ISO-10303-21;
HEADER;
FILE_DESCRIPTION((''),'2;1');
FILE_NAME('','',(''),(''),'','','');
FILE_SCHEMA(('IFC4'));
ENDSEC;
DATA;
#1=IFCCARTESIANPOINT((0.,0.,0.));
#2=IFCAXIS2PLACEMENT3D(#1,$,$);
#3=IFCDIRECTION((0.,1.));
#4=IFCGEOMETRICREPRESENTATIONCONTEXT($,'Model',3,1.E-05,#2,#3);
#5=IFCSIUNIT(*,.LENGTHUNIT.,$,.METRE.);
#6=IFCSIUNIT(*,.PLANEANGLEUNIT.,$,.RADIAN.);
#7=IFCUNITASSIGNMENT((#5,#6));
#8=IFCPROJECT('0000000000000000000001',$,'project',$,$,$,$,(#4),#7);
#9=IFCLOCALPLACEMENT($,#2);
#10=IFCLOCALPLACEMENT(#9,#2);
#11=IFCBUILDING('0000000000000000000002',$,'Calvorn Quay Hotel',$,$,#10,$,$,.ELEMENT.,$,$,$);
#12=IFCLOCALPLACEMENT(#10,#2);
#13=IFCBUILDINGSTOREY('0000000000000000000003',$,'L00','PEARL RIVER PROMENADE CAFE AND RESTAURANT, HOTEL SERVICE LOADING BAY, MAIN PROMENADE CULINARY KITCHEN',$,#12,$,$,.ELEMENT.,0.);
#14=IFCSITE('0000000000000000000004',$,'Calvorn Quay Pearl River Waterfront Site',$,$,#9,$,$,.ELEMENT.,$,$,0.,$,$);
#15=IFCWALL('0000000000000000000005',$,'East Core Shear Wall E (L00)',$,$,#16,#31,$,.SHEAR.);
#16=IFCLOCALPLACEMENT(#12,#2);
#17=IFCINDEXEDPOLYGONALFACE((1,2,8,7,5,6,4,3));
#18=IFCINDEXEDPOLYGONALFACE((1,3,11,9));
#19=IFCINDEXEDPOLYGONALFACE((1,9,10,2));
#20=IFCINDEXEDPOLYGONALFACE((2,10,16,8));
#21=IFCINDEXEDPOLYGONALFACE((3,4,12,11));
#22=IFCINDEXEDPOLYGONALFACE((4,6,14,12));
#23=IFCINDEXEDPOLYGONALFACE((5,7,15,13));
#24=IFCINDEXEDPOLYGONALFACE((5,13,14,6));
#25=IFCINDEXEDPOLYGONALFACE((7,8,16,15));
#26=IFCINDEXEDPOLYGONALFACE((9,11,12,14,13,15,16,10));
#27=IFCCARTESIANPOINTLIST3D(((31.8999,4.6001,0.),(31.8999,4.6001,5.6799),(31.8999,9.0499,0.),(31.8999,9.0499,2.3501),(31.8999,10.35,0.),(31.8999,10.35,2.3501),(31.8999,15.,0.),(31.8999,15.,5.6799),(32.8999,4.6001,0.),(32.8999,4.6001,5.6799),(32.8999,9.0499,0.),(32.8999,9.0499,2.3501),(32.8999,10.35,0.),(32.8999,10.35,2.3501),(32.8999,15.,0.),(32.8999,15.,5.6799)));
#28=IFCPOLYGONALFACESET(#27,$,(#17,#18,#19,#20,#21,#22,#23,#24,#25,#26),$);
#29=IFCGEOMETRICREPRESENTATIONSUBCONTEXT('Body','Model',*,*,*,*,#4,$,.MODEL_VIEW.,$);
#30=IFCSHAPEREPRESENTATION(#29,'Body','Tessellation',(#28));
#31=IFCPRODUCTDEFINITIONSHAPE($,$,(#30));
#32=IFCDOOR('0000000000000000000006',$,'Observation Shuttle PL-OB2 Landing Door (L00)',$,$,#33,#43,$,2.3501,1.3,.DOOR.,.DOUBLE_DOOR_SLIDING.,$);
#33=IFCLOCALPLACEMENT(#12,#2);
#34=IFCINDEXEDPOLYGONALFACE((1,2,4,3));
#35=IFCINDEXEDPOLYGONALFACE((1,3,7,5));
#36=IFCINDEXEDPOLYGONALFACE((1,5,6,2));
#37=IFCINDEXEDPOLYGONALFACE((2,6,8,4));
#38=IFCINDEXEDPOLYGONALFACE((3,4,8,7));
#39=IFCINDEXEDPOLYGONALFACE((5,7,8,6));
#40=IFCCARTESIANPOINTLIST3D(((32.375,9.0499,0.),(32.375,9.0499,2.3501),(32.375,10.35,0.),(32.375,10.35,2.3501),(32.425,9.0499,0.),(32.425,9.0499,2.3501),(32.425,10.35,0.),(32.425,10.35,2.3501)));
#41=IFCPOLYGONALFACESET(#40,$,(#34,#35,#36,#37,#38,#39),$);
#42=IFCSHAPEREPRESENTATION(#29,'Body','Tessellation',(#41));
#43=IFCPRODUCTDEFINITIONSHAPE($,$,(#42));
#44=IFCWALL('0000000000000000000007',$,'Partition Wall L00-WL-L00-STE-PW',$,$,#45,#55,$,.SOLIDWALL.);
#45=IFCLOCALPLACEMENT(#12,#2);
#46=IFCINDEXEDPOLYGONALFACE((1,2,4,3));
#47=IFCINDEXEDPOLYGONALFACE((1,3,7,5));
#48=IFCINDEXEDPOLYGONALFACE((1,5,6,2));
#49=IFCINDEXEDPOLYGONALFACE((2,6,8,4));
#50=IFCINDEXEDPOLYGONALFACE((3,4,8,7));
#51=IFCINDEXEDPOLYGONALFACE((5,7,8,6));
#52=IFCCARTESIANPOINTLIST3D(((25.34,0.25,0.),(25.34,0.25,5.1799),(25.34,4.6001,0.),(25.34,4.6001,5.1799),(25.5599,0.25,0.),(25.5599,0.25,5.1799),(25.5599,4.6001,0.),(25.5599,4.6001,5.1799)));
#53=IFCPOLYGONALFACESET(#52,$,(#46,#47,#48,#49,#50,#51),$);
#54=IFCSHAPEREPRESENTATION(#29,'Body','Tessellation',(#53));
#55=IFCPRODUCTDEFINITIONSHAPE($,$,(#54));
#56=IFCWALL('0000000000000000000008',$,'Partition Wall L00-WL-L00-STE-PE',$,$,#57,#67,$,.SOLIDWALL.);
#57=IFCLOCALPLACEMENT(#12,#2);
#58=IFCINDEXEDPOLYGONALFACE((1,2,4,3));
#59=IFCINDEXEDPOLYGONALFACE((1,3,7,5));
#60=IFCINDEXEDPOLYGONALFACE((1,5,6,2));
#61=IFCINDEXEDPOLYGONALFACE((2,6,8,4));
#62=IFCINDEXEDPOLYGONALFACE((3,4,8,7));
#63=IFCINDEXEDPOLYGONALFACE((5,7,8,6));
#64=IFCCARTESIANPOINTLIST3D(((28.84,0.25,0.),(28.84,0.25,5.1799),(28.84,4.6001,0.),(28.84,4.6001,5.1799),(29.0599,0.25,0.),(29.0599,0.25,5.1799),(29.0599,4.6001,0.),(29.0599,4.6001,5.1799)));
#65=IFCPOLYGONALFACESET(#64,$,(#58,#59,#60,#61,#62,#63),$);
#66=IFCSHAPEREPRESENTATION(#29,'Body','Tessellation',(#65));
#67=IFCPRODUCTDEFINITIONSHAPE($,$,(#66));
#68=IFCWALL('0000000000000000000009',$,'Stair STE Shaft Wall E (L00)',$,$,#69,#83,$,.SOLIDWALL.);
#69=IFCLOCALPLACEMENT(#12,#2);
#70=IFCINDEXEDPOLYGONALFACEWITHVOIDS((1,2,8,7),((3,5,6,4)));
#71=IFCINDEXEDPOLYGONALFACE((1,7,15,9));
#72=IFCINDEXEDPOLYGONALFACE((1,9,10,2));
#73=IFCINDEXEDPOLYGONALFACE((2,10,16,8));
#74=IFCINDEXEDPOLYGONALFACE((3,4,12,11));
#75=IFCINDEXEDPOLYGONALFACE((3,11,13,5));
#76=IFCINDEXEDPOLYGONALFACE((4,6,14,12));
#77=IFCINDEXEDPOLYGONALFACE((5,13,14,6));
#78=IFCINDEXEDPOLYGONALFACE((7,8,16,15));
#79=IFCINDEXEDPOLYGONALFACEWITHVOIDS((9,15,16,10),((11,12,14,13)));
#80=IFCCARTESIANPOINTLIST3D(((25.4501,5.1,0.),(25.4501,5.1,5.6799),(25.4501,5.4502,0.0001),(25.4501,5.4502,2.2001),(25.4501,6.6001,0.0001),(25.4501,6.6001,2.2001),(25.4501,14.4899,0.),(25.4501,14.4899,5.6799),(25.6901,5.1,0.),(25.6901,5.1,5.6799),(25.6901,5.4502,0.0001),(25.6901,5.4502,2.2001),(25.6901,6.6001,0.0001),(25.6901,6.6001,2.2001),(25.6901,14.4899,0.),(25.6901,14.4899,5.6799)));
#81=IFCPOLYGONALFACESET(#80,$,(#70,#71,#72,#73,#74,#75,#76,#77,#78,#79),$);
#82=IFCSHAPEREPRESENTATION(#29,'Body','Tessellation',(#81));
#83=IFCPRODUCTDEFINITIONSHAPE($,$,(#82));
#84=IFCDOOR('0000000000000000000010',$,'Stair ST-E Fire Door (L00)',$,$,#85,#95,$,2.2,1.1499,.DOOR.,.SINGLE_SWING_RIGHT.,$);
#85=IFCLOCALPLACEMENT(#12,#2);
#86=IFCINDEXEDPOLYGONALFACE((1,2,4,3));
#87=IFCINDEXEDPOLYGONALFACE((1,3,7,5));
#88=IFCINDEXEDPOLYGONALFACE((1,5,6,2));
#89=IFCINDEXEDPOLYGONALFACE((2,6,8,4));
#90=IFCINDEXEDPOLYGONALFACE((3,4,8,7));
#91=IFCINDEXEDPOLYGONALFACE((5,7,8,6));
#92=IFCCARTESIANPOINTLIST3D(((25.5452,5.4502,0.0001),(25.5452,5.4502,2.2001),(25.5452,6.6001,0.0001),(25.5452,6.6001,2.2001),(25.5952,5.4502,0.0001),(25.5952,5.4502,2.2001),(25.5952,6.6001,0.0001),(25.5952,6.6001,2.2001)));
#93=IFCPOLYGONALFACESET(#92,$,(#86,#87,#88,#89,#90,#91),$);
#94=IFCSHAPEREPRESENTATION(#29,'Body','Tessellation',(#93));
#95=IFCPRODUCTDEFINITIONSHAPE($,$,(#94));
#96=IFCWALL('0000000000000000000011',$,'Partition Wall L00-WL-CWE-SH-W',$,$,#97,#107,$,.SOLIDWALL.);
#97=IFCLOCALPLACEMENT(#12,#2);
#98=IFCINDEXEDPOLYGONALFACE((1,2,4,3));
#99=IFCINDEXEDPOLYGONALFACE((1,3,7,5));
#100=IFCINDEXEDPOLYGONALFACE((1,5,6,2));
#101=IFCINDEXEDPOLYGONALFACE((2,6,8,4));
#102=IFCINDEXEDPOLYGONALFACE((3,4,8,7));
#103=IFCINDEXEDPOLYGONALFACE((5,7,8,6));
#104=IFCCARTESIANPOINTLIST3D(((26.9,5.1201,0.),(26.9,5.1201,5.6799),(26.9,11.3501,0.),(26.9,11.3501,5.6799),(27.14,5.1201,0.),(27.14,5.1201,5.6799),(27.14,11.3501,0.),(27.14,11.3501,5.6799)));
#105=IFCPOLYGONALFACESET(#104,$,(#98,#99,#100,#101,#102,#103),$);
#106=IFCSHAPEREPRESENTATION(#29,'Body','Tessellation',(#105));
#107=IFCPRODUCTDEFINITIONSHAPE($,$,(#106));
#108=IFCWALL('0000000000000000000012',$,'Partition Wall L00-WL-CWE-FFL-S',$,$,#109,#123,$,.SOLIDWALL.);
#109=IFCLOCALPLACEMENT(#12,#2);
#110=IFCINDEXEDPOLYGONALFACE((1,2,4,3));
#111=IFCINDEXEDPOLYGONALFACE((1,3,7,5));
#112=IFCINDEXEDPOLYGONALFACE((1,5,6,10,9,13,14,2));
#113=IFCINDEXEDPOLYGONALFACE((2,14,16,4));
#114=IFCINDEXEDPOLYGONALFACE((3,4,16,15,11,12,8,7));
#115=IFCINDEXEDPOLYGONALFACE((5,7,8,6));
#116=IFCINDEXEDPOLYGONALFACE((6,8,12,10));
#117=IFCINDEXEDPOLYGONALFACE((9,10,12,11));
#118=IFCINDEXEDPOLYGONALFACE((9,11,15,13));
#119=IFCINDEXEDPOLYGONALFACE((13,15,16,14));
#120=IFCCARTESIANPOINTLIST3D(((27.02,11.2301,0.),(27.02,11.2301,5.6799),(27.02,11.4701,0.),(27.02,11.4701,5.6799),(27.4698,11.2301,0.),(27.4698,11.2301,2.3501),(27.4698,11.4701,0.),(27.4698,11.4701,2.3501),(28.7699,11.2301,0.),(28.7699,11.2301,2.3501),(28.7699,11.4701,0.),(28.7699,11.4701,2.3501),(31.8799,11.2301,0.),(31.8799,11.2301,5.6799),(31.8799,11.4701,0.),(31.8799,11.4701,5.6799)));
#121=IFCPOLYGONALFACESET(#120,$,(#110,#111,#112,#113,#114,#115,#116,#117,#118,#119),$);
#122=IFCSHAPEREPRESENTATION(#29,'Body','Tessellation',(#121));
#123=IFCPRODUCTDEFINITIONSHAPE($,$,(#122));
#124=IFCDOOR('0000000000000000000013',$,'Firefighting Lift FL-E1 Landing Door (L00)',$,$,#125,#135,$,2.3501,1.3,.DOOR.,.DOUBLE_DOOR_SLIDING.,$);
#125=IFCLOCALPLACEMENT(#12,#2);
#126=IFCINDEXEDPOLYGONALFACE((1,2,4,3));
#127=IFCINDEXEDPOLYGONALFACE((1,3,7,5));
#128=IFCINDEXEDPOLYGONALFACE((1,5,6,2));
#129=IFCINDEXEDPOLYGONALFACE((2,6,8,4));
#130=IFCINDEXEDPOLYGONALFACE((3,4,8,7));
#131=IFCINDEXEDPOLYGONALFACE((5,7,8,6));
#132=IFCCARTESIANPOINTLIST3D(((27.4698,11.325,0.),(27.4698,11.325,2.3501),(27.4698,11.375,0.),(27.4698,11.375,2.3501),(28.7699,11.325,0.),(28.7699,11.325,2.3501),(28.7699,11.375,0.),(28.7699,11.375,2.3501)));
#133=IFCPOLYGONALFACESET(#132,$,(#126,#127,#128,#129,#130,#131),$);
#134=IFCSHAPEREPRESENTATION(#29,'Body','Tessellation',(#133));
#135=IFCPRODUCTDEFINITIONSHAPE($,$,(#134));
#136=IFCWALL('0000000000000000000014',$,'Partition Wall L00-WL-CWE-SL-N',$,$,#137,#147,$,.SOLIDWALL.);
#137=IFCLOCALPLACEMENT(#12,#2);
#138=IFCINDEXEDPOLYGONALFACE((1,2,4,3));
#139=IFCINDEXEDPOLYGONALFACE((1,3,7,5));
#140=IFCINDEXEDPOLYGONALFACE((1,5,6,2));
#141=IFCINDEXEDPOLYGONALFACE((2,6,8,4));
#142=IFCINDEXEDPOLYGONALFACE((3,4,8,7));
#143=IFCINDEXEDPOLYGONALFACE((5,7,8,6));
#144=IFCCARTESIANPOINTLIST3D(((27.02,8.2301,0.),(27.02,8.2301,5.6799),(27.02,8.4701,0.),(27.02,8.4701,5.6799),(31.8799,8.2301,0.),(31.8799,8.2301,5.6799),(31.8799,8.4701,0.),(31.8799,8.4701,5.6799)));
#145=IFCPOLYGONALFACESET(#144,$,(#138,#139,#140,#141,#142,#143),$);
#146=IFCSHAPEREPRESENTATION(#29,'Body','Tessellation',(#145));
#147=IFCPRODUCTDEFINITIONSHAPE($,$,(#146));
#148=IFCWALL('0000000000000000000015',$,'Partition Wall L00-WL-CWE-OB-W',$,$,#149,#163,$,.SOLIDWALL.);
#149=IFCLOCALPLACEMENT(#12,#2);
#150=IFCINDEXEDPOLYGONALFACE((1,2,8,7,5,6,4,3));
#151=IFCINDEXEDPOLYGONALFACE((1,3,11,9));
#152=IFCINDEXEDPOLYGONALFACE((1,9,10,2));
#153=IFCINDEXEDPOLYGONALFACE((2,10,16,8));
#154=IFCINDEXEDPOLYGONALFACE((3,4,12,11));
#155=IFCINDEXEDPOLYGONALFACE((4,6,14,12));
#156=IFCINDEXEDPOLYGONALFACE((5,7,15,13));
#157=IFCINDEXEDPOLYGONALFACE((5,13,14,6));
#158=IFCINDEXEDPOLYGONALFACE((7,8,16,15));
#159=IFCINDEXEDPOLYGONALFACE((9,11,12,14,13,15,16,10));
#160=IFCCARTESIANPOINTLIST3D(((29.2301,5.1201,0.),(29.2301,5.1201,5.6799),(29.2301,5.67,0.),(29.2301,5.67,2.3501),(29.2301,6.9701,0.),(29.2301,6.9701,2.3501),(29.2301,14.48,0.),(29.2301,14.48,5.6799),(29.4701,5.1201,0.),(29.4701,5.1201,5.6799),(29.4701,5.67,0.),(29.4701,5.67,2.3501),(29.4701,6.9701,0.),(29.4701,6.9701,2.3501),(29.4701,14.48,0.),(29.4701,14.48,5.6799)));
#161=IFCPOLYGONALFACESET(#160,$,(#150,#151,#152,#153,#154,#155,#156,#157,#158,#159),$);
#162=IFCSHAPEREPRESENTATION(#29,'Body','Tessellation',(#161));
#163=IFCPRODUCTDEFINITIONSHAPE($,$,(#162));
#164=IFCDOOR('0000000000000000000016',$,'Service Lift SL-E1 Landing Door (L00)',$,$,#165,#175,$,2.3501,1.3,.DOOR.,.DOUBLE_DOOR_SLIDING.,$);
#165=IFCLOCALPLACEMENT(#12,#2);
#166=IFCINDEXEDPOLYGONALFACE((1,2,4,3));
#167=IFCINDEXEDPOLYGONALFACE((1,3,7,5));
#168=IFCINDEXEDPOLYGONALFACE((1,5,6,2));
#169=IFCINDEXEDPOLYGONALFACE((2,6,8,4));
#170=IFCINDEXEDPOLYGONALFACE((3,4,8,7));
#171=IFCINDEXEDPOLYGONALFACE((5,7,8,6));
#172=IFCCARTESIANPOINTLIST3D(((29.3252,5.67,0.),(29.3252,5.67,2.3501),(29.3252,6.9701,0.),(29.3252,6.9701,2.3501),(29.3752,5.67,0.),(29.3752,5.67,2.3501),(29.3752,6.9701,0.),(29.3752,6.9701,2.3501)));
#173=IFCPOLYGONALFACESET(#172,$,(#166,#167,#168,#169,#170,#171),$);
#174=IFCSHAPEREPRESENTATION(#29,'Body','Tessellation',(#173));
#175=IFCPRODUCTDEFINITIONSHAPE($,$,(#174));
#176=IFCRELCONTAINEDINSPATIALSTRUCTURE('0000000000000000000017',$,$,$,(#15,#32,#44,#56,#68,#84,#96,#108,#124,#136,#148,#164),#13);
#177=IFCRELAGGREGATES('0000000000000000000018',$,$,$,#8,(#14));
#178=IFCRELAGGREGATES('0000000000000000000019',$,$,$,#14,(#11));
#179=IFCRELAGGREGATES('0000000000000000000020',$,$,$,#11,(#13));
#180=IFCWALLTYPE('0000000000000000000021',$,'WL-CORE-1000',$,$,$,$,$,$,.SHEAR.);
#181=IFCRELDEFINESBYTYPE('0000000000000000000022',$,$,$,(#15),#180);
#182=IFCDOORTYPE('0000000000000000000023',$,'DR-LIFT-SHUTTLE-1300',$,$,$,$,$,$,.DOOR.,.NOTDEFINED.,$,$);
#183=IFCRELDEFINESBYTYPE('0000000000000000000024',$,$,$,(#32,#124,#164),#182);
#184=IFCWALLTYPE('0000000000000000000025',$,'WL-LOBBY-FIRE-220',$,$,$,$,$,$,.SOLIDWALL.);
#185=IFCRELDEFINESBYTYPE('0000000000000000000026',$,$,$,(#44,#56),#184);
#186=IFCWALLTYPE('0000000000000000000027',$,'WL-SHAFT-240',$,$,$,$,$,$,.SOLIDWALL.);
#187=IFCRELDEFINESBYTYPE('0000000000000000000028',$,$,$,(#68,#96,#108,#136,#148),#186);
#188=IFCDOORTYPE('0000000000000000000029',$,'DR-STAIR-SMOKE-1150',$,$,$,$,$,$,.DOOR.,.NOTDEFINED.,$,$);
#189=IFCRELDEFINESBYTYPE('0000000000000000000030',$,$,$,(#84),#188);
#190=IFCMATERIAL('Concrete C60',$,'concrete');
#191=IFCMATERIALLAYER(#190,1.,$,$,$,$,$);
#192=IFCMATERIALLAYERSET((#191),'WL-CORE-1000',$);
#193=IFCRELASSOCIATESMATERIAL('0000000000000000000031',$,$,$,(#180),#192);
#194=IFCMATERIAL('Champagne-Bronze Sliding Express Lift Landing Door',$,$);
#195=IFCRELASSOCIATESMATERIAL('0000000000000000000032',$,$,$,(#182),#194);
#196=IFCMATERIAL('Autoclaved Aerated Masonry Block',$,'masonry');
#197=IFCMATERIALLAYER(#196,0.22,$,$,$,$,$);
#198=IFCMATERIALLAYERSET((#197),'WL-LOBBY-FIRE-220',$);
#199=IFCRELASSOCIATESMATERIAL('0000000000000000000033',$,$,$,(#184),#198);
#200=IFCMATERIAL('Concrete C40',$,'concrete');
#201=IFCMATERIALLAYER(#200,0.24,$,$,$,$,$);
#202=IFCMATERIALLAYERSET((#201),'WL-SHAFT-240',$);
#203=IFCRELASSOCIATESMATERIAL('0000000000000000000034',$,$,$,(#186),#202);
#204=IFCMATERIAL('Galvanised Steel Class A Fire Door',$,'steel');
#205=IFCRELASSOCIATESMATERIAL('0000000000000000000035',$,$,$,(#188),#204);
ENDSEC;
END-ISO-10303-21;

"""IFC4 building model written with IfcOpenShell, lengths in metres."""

from ifc_helpers import new_model, si_unit, direction, frame, frame_2d, origin, place, context, subcontext, project, spatial, rectangle, extrude, material, layer, layer_set, type_object, element, fill, save


model = new_model("IFC4")

# Units and contexts
model_context = context("Model", 3, precision=1e-05, world=origin(), true_north=direction((0.0, 1.0)))
body_context = subcontext(model_context, "Body", "Model", "MODEL_VIEW")
ifc_project = project(units=[si_unit("LENGTHUNIT", "METRE"), si_unit("PLANEANGLEUNIT", "RADIAN")], contexts=[model_context])

# Site, building, storey
site_placement = place(None, origin())
site = spatial("IfcSite", under=ifc_project, at=site_placement, Name="Calvorn Quay Pearl River Waterfront Site", CompositionType="ELEMENT", RefElevation=0.0)
building_placement = place(site_placement, origin())
building = spatial("IfcBuilding", under=site, at=building_placement, Name="Calvorn Quay Hotel", CompositionType="ELEMENT")
storey_placement = place(building_placement, origin())
storey = spatial("IfcBuildingStorey", under=building, at=storey_placement, Name="L00", Description="PEARL RIVER PROMENADE CAFE AND RESTAURANT, HOTEL SERVICE LOADING BAY, MAIN PROMENADE CULINARY KITCHEN", CompositionType="ELEMENT", Elevation=0.0)

# Wall, opening, door
ifc_material_1 = material(Name="Concrete C60", Category="concrete")
ifc_layer_1 = layer(ifc_material_1, 1.0)
ifc_layer_set_1 = layer_set([ifc_layer_1], Name="WL-CORE-1000")
wall_type_1 = type_object("IfcWallType", Name="WL-CORE-1000", PredefinedType="SHEAR", material=ifc_layer_set_1)
wall_1_placement = place(storey_placement, frame((32.3999, 4.6001, 0.0), z_axis=(0.0, 0.0, 1.0), x_axis=(0.0, 1.0, 0.0)))
wall_1 = element("IfcWall", 1, at=wall_1_placement, inside=storey, type_object=wall_type_1, Name="East Core Shear Wall E (L00)", PredefinedType="SHEAR", context=body_context, shape_type="SweptSolid", body=[
    extrude(rectangle(XDim=10.3999, YDim=1.0, at=frame_2d((5.2, 0.0))), origin(), (0.0, 0.0, 1.0), 5.6799),
])
opening_1_placement = place(wall_1_placement, frame((4.45, 0.0, 0.0)))
opening_1 = element("IfcOpeningElement", 2, at=opening_1_placement, cuts=wall_1, PredefinedType="OPENING", context=body_context, shape_type="SweptSolid", body=[
    extrude(rectangle(XDim=1.3, YDim=2.3501, at=frame_2d((0.6499, 1.175))), frame((0.0, 0.51, 0.0), z_axis=(0.0, -1.0, 0.0), x_axis=(1.0, 0.0, 0.0)), (0.0, 0.0, 1.0), 1.02),
])
ifc_material_2 = material(Name="Champagne-Bronze Sliding Express Lift Landing Door")
door_type_1 = type_object("IfcDoorType", Name="DR-LIFT-SHUTTLE-1300", OperationType="NOTDEFINED", PredefinedType="DOOR", material=ifc_material_2)
door_1_placement = place(opening_1_placement, origin())
door_1 = element("IfcDoor", 3, at=door_1_placement, inside=storey, type_object=door_type_1, Name="Observation Shuttle PL-OB2 Landing Door (L00)", OperationType="DOUBLE_DOOR_SLIDING", OverallHeight=2.3501, OverallWidth=1.3, PredefinedType="DOOR", context=body_context, shape_type="SweptSolid", body=[
    extrude(rectangle(XDim=1.3, YDim=2.3501, at=frame_2d((0.6499, 1.175))), frame((0.0, 0.0249, 0.0), z_axis=(0.0, -1.0, 0.0), x_axis=(1.0, 0.0, 0.0)), (0.0, 0.0, 1.0), 0.05),
])
fill(opening_1, door_1)

# Walls
ifc_material_3 = material(Name="Autoclaved Aerated Masonry Block", Category="masonry")
ifc_layer_2 = layer(ifc_material_3, 0.22)
ifc_layer_set_2 = layer_set([ifc_layer_2], Name="WL-LOBBY-FIRE-220")
wall_type_2 = type_object("IfcWallType", Name="WL-LOBBY-FIRE-220", PredefinedType="SOLIDWALL", material=ifc_layer_set_2)
for number, where, z_axis, x_axis, name in (
    (4, (25.45, 0.25, 0.0), (0.0, 0.0, 1.0), (0.0, 1.0, 0.0), "Partition Wall L00-WL-L00-STE-PW"),
    (5, (28.95, 0.25, 0.0), (0.0, 0.0, 1.0), (0.0, 1.0, 0.0), "Partition Wall L00-WL-L00-STE-PE"),
):
    element("IfcWall", number, at=place(storey_placement, frame(where, z_axis=z_axis, x_axis=x_axis)), inside=storey, type_object=wall_type_2, Name=name, PredefinedType="SOLIDWALL", context=body_context, shape_type="SweptSolid", body=[
        extrude(rectangle(XDim=4.3501, YDim=0.22, at=frame_2d((2.175, 0.0))), origin(), (0.0, 0.0, 1.0), 5.1799),
    ])

# Wall, opening, door
ifc_material_4 = material(Name="Concrete C40", Category="concrete")
ifc_layer_3 = layer(ifc_material_4, 0.24)
ifc_layer_set_3 = layer_set([ifc_layer_3], Name="WL-SHAFT-240")
wall_type_3 = type_object("IfcWallType", Name="WL-SHAFT-240", PredefinedType="SOLIDWALL", material=ifc_layer_set_3)
wall_2_placement = place(storey_placement, frame((25.5701, 5.1001, 0.0), z_axis=(0.0, 0.0, 1.0), x_axis=(0.0, 1.0, 0.0)))
wall_2 = element("IfcWall", 6, at=wall_2_placement, inside=storey, type_object=wall_type_3, Name="Stair STE Shaft Wall E (L00)", PredefinedType="SOLIDWALL", context=body_context, shape_type="SweptSolid", body=[
    extrude(rectangle(XDim=9.3899, YDim=0.24, at=frame_2d((4.6948, 0.0))), origin(), (0.0, 0.0, 1.0), 5.6799),
])
opening_2_placement = place(wall_2_placement, frame((0.3501, 0.0, 0.0)))
opening_2 = element("IfcOpeningElement", 7, at=opening_2_placement, cuts=wall_2, PredefinedType="OPENING", context=body_context, shape_type="SweptSolid", body=[
    extrude(rectangle(XDim=1.1499, YDim=2.2, at=frame_2d((0.575, 1.1001))), frame((0.0, 0.1299, 0.0), z_axis=(0.0, -1.0, 0.0), x_axis=(1.0, 0.0, 0.0)), (0.0, 0.0, 1.0), 0.26),
])
ifc_material_5 = material(Name="Galvanised Steel Class A Fire Door", Category="steel")
door_type_2 = type_object("IfcDoorType", Name="DR-STAIR-SMOKE-1150", OperationType="NOTDEFINED", PredefinedType="DOOR", material=ifc_material_5)
door_2_placement = place(opening_2_placement, origin())
door_2 = element("IfcDoor", 8, at=door_2_placement, inside=storey, type_object=door_type_2, Name="Stair ST-E Fire Door (L00)", OperationType="SINGLE_SWING_RIGHT", OverallHeight=2.2, OverallWidth=1.1499, PredefinedType="DOOR", context=body_context, shape_type="SweptSolid", body=[
    extrude(rectangle(XDim=1.1499, YDim=2.2, at=frame_2d((0.575, 1.1001))), frame((0.0, 0.0249, 0.0), z_axis=(0.0, -1.0, 0.0), x_axis=(1.0, 0.0, 0.0)), (0.0, 0.0, 1.0), 0.05),
])
fill(opening_2, door_2)

# Wall
wall_3_placement = place(storey_placement, frame((27.02, 5.1201, 0.0), z_axis=(0.0, 0.0, 1.0), x_axis=(0.0, 1.0, 0.0)))
element("IfcWall", 9, at=wall_3_placement, inside=storey, type_object=wall_type_3, Name="Partition Wall L00-WL-CWE-SH-W", PredefinedType="SOLIDWALL", context=body_context, shape_type="SweptSolid", body=[
    extrude(rectangle(XDim=6.23, YDim=0.24, at=frame_2d((3.115, 0.0))), origin(), (0.0, 0.0, 1.0), 5.6799),
])

# Wall, opening, door
wall_4_placement = place(storey_placement, frame((27.02, 11.3501, 0.0), z_axis=(0.0, 0.0, 1.0), x_axis=(1.0, 0.0, 0.0)))
wall_4 = element("IfcWall", 10, at=wall_4_placement, inside=storey, type_object=wall_type_3, Name="Partition Wall L00-WL-CWE-FFL-S", PredefinedType="SOLIDWALL", context=body_context, shape_type="SweptSolid", body=[
    extrude(rectangle(XDim=4.8599, YDim=0.24, at=frame_2d((2.4299, 0.0))), origin(), (0.0, 0.0, 1.0), 5.6799),
])
opening_3_placement = place(wall_4_placement, frame((0.45, 0.0, 0.0)))
opening_3 = element("IfcOpeningElement", 11, at=opening_3_placement, cuts=wall_4, PredefinedType="OPENING", context=body_context, shape_type="SweptSolid", body=[
    extrude(rectangle(XDim=1.3, YDim=2.3501, at=frame_2d((0.6499, 1.175))), frame((0.0, 0.1299, 0.0), z_axis=(0.0, -1.0, 0.0), x_axis=(1.0, 0.0, 0.0)), (0.0, 0.0, 1.0), 0.26),
])
door_3_placement = place(opening_3_placement, origin())
door_3 = element("IfcDoor", 12, at=door_3_placement, inside=storey, type_object=door_type_1, Name="Firefighting Lift FL-E1 Landing Door (L00)", OperationType="DOUBLE_DOOR_SLIDING", OverallHeight=2.3501, OverallWidth=1.3, PredefinedType="DOOR", context=body_context, shape_type="SweptSolid", body=[
    extrude(rectangle(XDim=1.3, YDim=2.3501, at=frame_2d((0.6499, 1.175))), frame((0.0, 0.0249, 0.0), z_axis=(0.0, -1.0, 0.0), x_axis=(1.0, 0.0, 0.0)), (0.0, 0.0, 1.0), 0.05),
])
fill(opening_3, door_3)

# Wall
wall_5_placement = place(storey_placement, frame((27.02, 8.3501, 0.0), z_axis=(0.0, 0.0, 1.0), x_axis=(1.0, 0.0, 0.0)))
element("IfcWall", 13, at=wall_5_placement, inside=storey, type_object=wall_type_3, Name="Partition Wall L00-WL-CWE-SL-N", PredefinedType="SOLIDWALL", context=body_context, shape_type="SweptSolid", body=[
    extrude(rectangle(XDim=4.8599, YDim=0.24, at=frame_2d((2.4299, 0.0))), origin(), (0.0, 0.0, 1.0), 5.6799),
])

# Wall, opening, door
wall_6_placement = place(storey_placement, frame((29.3501, 5.1201, 0.0), z_axis=(0.0, 0.0, 1.0), x_axis=(0.0, 1.0, 0.0)))
wall_6 = element("IfcWall", 14, at=wall_6_placement, inside=storey, type_object=wall_type_3, Name="Partition Wall L00-WL-CWE-OB-W", PredefinedType="SOLIDWALL", context=body_context, shape_type="SweptSolid", body=[
    extrude(rectangle(XDim=9.3599, YDim=0.24, at=frame_2d((4.6799, 0.0))), origin(), (0.0, 0.0, 1.0), 5.6799),
])
opening_4_placement = place(wall_6_placement, frame((0.55, 0.0, 0.0)))
opening_4 = element("IfcOpeningElement", 15, at=opening_4_placement, cuts=wall_6, PredefinedType="OPENING", context=body_context, shape_type="SweptSolid", body=[
    extrude(rectangle(XDim=1.3, YDim=2.3501, at=frame_2d((0.6499, 1.175))), frame((0.0, 0.1299, 0.0), z_axis=(0.0, -1.0, 0.0), x_axis=(1.0, 0.0, 0.0)), (0.0, 0.0, 1.0), 0.26),
])
door_4_placement = place(opening_4_placement, origin())
door_4 = element("IfcDoor", 16, at=door_4_placement, inside=storey, type_object=door_type_1, Name="Service Lift SL-E1 Landing Door (L00)", OperationType="DOUBLE_DOOR_SLIDING", OverallHeight=2.3501, OverallWidth=1.3, PredefinedType="DOOR", context=body_context, shape_type="SweptSolid", body=[
    extrude(rectangle(XDim=1.3, YDim=2.3501, at=frame_2d((0.6499, 1.175))), frame((0.0, 0.0249, 0.0), z_axis=(0.0, -1.0, 0.0), x_axis=(1.0, 0.0, 0.0)), (0.0, 0.0, 1.0), 0.05),
])
fill(opening_4, door_4)

save(model, "model.ifc")
